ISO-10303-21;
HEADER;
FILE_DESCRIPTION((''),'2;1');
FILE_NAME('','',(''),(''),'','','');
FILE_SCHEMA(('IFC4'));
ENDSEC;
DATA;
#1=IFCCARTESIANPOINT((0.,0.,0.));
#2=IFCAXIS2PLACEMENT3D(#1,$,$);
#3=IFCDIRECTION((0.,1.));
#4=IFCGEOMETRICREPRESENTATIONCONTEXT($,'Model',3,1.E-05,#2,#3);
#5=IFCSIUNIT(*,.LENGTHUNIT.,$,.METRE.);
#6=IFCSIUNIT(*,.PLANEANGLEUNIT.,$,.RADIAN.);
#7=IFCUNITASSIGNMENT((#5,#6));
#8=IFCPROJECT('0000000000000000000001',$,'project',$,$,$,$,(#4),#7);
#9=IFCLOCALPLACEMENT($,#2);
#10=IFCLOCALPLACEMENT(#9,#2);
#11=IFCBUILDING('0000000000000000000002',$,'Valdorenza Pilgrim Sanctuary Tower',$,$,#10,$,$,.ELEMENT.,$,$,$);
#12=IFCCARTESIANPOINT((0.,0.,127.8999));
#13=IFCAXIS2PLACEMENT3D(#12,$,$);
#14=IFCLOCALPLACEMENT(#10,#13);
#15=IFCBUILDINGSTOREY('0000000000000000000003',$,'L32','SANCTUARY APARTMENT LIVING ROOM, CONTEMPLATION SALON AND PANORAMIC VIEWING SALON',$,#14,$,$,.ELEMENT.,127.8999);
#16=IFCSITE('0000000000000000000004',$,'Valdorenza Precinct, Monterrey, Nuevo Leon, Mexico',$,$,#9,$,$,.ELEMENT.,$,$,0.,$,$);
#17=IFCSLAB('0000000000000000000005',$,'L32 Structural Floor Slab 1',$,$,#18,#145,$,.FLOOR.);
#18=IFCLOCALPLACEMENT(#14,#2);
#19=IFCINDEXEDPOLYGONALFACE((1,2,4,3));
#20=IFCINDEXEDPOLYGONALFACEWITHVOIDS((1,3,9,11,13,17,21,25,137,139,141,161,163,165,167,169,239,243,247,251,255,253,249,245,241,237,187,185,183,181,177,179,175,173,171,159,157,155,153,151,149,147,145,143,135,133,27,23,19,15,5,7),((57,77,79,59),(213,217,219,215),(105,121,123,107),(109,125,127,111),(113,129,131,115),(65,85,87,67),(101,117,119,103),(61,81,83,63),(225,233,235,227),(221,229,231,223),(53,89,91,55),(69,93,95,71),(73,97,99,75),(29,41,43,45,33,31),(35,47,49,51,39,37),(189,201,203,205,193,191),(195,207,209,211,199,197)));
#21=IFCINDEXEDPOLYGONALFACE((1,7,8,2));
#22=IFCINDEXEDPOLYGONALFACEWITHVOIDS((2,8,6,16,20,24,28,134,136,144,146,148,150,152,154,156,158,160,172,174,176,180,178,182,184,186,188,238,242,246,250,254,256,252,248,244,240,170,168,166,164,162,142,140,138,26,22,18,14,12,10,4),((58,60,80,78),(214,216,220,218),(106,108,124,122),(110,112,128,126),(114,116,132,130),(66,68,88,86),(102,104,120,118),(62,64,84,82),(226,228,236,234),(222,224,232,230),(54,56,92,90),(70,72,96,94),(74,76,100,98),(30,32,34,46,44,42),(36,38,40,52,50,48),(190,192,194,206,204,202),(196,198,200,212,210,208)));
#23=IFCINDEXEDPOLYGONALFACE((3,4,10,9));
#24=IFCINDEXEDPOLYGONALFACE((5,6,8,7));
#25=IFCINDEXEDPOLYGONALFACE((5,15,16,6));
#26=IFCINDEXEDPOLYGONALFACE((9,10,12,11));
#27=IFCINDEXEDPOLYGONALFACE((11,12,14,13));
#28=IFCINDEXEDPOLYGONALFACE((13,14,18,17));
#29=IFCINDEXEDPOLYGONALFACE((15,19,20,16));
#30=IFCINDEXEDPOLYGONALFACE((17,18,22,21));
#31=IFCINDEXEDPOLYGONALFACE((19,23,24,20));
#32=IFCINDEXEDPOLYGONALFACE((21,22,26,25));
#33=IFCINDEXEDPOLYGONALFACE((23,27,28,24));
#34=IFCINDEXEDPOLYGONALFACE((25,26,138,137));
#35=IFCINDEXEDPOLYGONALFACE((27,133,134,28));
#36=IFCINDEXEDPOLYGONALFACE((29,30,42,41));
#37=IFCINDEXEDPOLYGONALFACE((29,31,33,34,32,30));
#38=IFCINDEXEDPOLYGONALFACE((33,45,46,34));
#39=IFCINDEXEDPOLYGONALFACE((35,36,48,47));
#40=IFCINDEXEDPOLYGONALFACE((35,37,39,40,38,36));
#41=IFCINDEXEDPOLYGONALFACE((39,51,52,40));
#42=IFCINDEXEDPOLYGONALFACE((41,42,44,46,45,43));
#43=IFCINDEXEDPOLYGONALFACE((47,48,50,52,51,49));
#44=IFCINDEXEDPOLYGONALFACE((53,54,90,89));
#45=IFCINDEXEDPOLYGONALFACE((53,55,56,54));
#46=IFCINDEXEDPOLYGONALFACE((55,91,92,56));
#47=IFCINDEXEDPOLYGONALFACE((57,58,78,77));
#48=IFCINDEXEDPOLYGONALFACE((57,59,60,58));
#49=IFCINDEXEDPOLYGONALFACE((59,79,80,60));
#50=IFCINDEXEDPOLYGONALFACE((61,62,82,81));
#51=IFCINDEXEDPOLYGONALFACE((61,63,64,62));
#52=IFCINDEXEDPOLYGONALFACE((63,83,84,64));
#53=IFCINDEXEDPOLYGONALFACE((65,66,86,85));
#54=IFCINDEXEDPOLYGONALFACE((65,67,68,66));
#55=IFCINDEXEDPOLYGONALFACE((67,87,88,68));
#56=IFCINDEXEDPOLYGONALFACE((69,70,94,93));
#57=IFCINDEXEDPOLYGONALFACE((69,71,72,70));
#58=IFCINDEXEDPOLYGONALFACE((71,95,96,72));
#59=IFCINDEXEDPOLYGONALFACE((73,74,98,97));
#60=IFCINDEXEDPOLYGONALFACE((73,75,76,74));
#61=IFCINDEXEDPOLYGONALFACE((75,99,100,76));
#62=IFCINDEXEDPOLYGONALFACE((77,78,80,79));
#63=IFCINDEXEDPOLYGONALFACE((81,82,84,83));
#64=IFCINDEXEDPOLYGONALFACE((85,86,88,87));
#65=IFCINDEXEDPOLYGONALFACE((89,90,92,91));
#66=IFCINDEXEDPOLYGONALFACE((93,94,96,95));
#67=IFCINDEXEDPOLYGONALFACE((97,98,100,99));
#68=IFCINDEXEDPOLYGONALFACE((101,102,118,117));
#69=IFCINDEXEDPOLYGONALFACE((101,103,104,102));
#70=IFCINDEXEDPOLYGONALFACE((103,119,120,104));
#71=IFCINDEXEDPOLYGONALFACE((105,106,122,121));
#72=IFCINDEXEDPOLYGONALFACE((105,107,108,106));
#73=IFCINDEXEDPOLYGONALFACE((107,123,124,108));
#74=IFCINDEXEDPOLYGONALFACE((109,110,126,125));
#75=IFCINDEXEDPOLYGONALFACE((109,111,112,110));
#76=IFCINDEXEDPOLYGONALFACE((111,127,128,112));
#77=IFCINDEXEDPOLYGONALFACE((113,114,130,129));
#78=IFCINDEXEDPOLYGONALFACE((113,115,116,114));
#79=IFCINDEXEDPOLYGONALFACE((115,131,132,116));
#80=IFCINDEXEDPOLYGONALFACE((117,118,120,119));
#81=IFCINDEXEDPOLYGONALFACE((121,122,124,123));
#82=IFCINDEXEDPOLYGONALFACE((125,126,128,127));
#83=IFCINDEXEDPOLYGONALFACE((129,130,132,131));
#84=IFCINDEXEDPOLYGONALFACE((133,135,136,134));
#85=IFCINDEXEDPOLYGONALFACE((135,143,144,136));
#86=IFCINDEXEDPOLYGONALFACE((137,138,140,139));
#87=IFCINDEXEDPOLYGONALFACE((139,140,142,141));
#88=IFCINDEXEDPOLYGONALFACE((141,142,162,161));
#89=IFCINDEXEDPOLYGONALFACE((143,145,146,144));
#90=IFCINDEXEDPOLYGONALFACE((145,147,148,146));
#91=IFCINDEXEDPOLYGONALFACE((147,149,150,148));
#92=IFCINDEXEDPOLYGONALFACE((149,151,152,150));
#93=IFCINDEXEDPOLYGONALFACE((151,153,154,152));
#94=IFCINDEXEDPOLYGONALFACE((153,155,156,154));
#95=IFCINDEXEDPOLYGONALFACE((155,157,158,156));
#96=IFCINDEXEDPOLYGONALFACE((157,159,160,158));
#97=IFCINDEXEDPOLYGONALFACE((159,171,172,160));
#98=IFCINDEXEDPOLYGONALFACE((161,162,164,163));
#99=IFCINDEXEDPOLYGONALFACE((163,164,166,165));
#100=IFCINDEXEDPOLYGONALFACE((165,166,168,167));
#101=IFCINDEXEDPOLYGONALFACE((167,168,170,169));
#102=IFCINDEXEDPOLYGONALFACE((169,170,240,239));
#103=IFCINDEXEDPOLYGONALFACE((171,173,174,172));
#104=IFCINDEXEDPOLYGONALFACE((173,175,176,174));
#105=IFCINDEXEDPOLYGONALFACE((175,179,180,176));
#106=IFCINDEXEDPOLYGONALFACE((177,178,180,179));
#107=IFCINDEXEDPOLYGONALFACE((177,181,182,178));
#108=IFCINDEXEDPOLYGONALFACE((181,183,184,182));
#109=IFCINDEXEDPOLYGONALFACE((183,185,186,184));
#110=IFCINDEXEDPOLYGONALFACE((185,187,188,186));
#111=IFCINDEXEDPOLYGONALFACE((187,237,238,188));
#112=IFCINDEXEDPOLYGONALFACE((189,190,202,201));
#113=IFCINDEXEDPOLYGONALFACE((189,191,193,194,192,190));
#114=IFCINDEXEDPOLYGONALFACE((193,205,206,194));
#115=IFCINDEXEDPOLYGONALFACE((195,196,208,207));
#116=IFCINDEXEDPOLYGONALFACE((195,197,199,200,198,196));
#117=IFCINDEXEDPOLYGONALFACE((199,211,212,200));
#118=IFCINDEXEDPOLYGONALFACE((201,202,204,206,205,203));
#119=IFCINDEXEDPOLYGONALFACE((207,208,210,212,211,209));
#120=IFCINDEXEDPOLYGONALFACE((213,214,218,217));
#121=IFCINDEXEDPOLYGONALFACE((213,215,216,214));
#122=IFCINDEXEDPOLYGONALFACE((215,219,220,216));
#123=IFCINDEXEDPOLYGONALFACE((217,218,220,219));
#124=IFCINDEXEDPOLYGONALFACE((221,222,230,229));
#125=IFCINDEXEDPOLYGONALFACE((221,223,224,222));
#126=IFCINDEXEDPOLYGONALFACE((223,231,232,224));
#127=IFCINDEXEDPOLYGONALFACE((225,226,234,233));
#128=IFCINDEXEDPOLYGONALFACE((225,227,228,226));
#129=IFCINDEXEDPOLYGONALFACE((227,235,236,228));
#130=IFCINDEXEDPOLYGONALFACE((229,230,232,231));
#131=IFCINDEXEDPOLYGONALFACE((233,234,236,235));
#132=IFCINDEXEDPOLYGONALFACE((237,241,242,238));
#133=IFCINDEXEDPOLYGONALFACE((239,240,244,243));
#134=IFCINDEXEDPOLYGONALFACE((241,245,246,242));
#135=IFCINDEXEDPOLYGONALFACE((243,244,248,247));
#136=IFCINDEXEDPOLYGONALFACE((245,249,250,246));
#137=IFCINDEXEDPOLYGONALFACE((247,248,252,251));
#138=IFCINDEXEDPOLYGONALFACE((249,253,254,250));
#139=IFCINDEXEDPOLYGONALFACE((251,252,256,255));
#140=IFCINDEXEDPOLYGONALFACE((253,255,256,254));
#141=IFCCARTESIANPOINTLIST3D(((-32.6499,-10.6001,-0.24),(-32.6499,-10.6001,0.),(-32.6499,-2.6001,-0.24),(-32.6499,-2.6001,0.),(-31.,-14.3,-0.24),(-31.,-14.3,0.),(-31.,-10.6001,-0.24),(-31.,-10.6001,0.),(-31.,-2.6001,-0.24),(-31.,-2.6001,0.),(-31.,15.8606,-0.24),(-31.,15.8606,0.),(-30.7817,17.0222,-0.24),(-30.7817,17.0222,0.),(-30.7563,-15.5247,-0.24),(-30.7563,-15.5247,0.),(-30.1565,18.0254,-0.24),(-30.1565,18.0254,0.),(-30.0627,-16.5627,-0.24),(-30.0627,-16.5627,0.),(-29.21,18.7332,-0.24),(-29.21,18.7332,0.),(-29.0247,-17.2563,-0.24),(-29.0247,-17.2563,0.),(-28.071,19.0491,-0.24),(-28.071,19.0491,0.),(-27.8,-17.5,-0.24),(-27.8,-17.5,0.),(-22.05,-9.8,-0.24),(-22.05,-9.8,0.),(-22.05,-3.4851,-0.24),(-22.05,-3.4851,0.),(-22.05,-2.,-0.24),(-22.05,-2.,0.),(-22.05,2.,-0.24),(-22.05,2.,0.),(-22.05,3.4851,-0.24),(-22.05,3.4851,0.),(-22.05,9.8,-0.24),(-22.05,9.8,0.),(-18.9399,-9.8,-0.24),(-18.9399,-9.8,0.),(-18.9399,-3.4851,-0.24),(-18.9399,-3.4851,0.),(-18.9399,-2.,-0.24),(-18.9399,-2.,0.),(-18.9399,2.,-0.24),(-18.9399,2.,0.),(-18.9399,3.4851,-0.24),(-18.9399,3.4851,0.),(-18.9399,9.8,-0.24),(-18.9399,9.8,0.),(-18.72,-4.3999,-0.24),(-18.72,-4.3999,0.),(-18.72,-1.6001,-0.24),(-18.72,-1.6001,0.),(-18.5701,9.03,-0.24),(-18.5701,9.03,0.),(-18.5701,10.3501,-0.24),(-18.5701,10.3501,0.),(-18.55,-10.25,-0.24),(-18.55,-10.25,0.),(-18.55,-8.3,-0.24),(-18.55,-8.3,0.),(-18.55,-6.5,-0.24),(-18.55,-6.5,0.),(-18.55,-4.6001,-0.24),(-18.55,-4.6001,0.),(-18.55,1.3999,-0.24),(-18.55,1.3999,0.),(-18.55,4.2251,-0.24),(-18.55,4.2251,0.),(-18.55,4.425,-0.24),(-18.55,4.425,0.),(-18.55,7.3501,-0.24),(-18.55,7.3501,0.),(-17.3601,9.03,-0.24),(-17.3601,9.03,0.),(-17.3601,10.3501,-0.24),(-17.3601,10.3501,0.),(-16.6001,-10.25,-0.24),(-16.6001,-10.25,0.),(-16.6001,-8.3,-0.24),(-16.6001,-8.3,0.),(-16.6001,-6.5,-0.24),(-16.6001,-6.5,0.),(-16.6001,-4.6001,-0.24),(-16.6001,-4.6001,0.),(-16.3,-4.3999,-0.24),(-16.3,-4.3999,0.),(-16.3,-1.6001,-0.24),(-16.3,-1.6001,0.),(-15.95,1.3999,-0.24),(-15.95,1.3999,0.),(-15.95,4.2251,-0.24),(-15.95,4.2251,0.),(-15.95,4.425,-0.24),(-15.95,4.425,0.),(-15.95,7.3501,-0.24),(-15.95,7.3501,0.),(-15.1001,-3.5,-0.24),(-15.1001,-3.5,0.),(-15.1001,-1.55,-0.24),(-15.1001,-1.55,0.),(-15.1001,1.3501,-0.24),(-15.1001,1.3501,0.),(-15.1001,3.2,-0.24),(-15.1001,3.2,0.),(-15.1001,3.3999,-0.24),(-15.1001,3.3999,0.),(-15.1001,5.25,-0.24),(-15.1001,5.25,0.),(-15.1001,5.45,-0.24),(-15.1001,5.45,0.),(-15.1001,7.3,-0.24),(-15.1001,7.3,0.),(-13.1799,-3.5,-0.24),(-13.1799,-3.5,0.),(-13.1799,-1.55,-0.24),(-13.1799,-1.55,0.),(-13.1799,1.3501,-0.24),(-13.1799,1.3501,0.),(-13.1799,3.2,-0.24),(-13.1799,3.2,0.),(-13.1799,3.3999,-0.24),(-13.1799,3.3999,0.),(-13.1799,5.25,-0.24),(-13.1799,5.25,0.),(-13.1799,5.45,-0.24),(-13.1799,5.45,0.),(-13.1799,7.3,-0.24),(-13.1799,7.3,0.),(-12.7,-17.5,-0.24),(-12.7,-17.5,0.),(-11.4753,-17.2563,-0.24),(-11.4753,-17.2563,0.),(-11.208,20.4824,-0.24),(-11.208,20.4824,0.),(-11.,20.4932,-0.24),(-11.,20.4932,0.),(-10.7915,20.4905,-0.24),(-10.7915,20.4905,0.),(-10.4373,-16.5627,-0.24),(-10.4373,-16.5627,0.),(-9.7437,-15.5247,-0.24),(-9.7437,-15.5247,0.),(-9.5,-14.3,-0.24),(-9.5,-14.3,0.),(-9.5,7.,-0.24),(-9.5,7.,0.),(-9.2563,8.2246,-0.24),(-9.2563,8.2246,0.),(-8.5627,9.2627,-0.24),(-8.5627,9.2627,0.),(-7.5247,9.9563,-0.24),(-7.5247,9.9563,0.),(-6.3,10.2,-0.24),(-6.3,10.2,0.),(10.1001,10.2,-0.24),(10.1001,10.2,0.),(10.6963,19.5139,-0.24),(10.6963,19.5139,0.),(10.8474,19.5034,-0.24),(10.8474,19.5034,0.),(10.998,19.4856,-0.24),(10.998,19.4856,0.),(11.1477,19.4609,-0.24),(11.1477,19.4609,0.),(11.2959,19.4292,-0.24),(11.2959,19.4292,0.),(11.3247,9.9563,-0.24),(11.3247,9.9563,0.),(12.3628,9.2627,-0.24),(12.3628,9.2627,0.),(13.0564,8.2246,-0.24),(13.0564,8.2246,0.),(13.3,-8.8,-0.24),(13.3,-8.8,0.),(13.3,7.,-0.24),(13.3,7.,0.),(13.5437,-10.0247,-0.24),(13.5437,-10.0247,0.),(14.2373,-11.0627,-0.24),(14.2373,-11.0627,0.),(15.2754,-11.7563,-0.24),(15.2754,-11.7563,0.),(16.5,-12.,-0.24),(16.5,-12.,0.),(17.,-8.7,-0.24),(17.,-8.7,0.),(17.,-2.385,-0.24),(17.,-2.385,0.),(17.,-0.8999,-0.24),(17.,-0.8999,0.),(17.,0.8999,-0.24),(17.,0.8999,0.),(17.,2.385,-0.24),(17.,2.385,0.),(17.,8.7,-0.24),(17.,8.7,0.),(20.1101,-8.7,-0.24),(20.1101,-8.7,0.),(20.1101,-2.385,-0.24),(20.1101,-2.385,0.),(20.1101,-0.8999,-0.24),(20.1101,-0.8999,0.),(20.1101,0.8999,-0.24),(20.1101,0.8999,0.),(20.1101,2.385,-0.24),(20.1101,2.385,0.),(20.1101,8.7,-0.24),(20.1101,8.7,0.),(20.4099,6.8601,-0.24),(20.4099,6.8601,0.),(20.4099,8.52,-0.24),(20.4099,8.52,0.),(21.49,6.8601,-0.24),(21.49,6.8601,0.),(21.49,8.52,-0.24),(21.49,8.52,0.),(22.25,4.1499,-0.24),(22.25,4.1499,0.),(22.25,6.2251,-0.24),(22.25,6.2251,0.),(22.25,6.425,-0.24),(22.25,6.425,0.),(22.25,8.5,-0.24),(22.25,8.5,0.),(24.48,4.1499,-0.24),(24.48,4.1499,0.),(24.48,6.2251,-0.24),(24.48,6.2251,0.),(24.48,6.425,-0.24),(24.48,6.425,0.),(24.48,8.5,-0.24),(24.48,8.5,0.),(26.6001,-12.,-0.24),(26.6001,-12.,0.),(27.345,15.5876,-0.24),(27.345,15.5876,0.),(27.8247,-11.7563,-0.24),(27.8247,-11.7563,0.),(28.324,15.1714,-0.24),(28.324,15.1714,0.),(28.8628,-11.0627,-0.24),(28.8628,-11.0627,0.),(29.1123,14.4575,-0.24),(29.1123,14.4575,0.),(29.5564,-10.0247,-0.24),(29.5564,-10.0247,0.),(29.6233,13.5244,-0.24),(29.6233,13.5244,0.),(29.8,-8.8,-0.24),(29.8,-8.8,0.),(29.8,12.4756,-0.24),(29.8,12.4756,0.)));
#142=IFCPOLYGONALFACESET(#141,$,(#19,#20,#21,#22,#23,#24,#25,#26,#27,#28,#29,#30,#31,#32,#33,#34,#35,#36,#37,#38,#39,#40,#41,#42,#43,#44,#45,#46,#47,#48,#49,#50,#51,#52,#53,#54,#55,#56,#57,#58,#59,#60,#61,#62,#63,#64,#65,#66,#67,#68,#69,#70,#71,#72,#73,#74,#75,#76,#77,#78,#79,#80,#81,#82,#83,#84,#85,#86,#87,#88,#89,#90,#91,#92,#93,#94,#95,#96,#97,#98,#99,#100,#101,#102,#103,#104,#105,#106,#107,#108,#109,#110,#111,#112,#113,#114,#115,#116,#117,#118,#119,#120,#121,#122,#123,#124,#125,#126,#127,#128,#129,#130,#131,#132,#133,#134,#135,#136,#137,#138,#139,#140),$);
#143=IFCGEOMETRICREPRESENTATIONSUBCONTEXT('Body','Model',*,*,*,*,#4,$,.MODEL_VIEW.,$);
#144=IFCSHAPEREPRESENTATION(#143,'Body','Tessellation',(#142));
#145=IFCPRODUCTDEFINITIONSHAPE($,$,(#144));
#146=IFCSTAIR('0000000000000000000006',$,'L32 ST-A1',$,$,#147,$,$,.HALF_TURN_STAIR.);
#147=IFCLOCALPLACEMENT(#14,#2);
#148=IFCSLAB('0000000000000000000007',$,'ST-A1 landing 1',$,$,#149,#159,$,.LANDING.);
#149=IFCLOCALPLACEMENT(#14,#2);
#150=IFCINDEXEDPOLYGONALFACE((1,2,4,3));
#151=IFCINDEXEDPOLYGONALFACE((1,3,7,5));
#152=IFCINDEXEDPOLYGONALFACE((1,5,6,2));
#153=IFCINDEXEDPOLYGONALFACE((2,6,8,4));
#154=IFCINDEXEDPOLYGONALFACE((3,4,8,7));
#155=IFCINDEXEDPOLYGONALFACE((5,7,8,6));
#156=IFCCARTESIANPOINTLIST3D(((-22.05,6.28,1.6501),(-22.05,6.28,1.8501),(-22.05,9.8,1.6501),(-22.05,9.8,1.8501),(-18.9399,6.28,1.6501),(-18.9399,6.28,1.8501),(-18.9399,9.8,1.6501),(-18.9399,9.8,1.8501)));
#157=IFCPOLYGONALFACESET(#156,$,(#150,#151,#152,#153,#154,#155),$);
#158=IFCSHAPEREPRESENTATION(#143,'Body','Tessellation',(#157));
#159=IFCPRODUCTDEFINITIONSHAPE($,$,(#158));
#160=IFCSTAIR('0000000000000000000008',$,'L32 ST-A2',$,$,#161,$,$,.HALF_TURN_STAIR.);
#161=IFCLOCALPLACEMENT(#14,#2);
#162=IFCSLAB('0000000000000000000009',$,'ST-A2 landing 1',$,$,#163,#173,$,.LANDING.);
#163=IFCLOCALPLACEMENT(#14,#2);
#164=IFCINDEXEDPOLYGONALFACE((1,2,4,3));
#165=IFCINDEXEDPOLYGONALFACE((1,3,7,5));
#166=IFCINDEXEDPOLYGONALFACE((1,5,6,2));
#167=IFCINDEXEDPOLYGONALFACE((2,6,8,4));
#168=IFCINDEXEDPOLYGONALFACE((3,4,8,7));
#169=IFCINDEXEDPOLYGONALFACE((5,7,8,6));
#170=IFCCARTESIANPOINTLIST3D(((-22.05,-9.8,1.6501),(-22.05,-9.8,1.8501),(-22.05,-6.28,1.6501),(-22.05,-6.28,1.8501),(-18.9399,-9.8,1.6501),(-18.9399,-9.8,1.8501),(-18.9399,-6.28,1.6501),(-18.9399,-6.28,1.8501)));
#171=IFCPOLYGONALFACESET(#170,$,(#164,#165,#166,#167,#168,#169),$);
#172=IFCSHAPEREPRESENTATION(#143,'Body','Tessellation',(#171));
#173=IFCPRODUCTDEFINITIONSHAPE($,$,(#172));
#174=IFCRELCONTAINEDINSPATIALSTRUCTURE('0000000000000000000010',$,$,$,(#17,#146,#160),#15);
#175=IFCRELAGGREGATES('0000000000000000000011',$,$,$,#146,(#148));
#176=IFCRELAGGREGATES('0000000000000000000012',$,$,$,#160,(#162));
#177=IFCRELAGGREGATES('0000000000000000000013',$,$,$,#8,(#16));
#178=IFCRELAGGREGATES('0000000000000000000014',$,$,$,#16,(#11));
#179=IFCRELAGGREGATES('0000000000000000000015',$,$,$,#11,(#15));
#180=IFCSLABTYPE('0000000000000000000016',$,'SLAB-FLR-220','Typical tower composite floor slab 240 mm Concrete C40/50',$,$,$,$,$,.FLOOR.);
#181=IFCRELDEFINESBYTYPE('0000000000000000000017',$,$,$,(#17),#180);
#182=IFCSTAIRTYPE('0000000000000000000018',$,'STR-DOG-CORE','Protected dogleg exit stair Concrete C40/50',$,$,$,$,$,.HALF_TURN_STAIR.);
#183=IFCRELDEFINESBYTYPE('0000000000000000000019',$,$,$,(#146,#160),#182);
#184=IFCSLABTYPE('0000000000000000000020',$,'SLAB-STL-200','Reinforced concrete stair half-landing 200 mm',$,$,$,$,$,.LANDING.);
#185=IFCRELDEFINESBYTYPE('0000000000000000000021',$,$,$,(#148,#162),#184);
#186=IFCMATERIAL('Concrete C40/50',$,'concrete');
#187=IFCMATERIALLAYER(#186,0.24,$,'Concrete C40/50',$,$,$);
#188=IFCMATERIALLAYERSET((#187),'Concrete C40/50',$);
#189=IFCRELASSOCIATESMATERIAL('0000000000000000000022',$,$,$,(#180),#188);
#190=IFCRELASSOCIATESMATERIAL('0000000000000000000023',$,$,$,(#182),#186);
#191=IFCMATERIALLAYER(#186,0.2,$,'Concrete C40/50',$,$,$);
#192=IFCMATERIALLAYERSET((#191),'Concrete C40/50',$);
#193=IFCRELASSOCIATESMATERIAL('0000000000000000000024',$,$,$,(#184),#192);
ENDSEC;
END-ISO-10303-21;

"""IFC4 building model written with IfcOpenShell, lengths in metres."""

from ifc_helpers import new_model, si_unit, direction, frame, origin, place, context, subcontext, project, spatial, polyline, outline, extrude, material, layer, layer_set, type_object, element, aggregate, save


model = new_model("IFC4")

# Units and contexts
model_context = context("Model", 3, precision=1e-05, world=origin(), true_north=direction((0.0, 1.0)))
body_context = subcontext(model_context, "Body", "Model", "MODEL_VIEW")
ifc_project = project(units=[si_unit("LENGTHUNIT", "METRE"), si_unit("PLANEANGLEUNIT", "RADIAN")], contexts=[model_context])

# Site, building, storey
site_placement = place(None, origin())
site = spatial("IfcSite", under=ifc_project, at=site_placement, Name="Valdorenza Precinct, Monterrey, Nuevo Leon, Mexico", CompositionType="ELEMENT", RefElevation=0.0)
building_placement = place(site_placement, origin())
building = spatial("IfcBuilding", under=site, at=building_placement, Name="Valdorenza Pilgrim Sanctuary Tower", CompositionType="ELEMENT")
storey_placement = place(building_placement, frame((0.0, 0.0, 127.8999)))
storey = spatial("IfcBuildingStorey", under=building, at=storey_placement, Name="L32", Description="SANCTUARY APARTMENT LIVING ROOM, CONTEMPLATION SALON AND PANORAMIC VIEWING SALON", CompositionType="ELEMENT", Elevation=127.8999)

# Slab
ifc_material_1 = material(Name="Concrete C40/50", Category="concrete")
ifc_layer_1 = layer(ifc_material_1, 0.24, Name="Concrete C40/50")
ifc_layer_set_1 = layer_set([ifc_layer_1], Name="Concrete C40/50")
slab_type_1 = type_object("IfcSlabType", Name="SLAB-FLR-220", Description="Typical tower composite floor slab 240 mm Concrete C40/50", PredefinedType="FLOOR", material=ifc_layer_set_1)
slab_1_placement = place(storey_placement, frame((0.0, 0.0, -0.24)))
element("IfcSlab", 1, at=slab_1_placement, inside=storey, type_object=slab_type_1, Name="L32 Structural Floor Slab 1", PredefinedType="FLOOR", context=body_context, shape_type="SweptSolid", body=[
    extrude(outline(polyline([(-32.6499, -2.6001), (-31.0, -2.6001), (-31.0, 15.8606), (-30.7817, 17.0222), (-30.1565, 18.0254), (-29.21, 18.7332), (-28.071, 19.0491), (-11.208, 20.4824), (-11.0, 20.4932), (-10.7915, 20.4905), (10.6963, 19.5139), (10.8474, 19.5034), (10.998, 19.4856), (11.1477, 19.4609), (11.2959, 19.4292), (27.345, 15.5876), (28.324, 15.1714), (29.1123, 14.4575), (29.6233, 13.5244), (29.8, 12.4756), (29.8, -8.8), (29.5564, -10.0247), (28.8628, -11.0627), (27.8247, -11.7563), (26.6001, -12.0), (16.5, -12.0), (15.2754, -11.7563), (14.2373, -11.0627), (13.5437, -10.0247), (13.3, -8.8), (13.3, 7.0), (13.0564, 8.2246), (12.3628, 9.2627), (11.3247, 9.9563), (10.1001, 10.2), (-6.3, 10.2), (-7.5247, 9.9563), (-8.5627, 9.2627), (-9.2563, 8.2246), (-9.5, 7.0), (-9.5, -14.3), (-9.7437, -15.5247), (-10.4373, -16.5627), (-11.4753, -17.2563), (-12.7, -17.5), (-27.8, -17.5), (-29.0247, -17.2563), (-30.0627, -16.5627), (-30.7563, -15.5247), (-31.0, -14.3), (-31.0, -10.6001), (-32.6499, -10.6001), (-32.6499, -2.6001)]), holes=[polyline([(-16.6001, -10.25), (-16.6001, -8.3), (-18.55, -8.3), (-18.55, -10.25), (-16.6001, -10.25)]), polyline([(-22.05, -9.8), (-18.9399, -9.8), (-18.9399, -3.4851), (-18.9399, -2.0), (-22.05, -2.0), (-22.05, -3.4851), (-22.05, -9.8)]), polyline([(-16.6001, -6.5), (-16.6001, -4.6001), (-18.55, -4.6001), (-18.55, -6.5), (-16.6001, -6.5)]), polyline([(-18.72, -4.3999), (-16.3, -4.3999), (-16.3, -1.6001), (-18.72, -1.6001), (-18.72, -4.3999)]), polyline([(-13.1799, 1.3501), (-13.1799, 3.2), (-15.1001, 3.2), (-15.1001, 1.3501), (-13.1799, 1.3501)]), polyline([(-22.05, 2.0), (-18.9399, 2.0), (-18.9399, 3.4851), (-18.9399, 9.8), (-22.05, 9.8), (-22.05, 3.4851), (-22.05, 2.0)]), polyline([(-15.95, 1.3999), (-15.95, 4.2251), (-18.55, 4.2251), (-18.55, 1.3999), (-15.95, 1.3999)]), polyline([(-18.55, 4.425), (-15.95, 4.425), (-15.95, 7.3501), (-18.55, 7.3501), (-18.55, 4.425)]), polyline([(-17.3601, 9.03), (-17.3601, 10.3501), (-18.5701, 10.3501), (-18.5701, 9.03), (-17.3601, 9.03)]), polyline([(17.0, -8.7), (20.1101, -8.7), (20.1101, -2.385), (20.1101, -0.8999), (17.0, -0.8999), (17.0, -2.385), (17.0, -8.7)]), polyline([(-13.1799, -3.5), (-13.1799, -1.55), (-15.1001, -1.55), (-15.1001, -3.5), (-13.1799, -3.5)]), polyline([(17.0, 0.8999), (20.1101, 0.8999), (20.1101, 2.385), (20.1101, 8.7), (17.0, 8.7), (17.0, 2.385), (17.0, 0.8999)]), polyline([(-13.1799, 3.3999), (-13.1799, 5.25), (-15.1001, 5.25), (-15.1001, 3.3999), (-13.1799, 3.3999)]), polyline([(22.25, 4.1499), (24.48, 4.1499), (24.48, 6.2251), (22.25, 6.2251), (22.25, 4.1499)]), polyline([(-13.1799, 5.45), (-13.1799, 7.3), (-15.1001, 7.3), (-15.1001, 5.45), (-13.1799, 5.45)]), polyline([(22.25, 6.425), (24.48, 6.425), (24.48, 8.5), (22.25, 8.5), (22.25, 6.425)]), polyline([(20.4099, 6.8601), (21.49, 6.8601), (21.49, 8.52), (20.4099, 8.52), (20.4099, 6.8601)])]), origin(), (0.0, 0.0, 1.0), 0.24),
])

# Stairs, slabs
stair_type = type_object("IfcStairType", Name="STR-DOG-CORE", Description="Protected dogleg exit stair Concrete C40/50", PredefinedType="HALF_TURN_STAIR", material=ifc_material_1)
stair_1_placement = place(storey_placement, origin())
stair_1 = element("IfcStair", 2, at=stair_1_placement, inside=storey, type_object=stair_type, Name="L32 ST-A1", PredefinedType="HALF_TURN_STAIR")
ifc_layer_2 = layer(ifc_material_1, 0.2, Name="Concrete C40/50")
ifc_layer_set_2 = layer_set([ifc_layer_2], Name="Concrete C40/50")
slab_type_2 = type_object("IfcSlabType", Name="SLAB-STL-200", Description="Reinforced concrete stair half-landing 200 mm", PredefinedType="LANDING", material=ifc_layer_set_2)
slab_2_placement = place(storey_placement, frame((0.0, 0.0, 1.6501)))
slab_2 = element("IfcSlab", 3, at=slab_2_placement, type_object=slab_type_2, Name="ST-A1 landing 1", PredefinedType="LANDING", context=body_context, shape_type="SweptSolid", body=[
    extrude(outline(polyline([(-18.9399, 6.28), (-18.9399, 9.8), (-22.05, 9.8), (-22.05, 6.28), (-18.9399, 6.28)])), origin(), (0.0, 0.0, 1.0), 0.2),
])
aggregate(stair_1, [slab_2])
stair_2_placement = place(storey_placement, origin())
stair_2 = element("IfcStair", 4, at=stair_2_placement, inside=storey, type_object=stair_type, Name="L32 ST-A2", PredefinedType="HALF_TURN_STAIR")
slab_3_placement = place(storey_placement, frame((0.0, 0.0, 1.6501)))
slab_3 = element("IfcSlab", 5, at=slab_3_placement, type_object=slab_type_2, Name="ST-A2 landing 1", PredefinedType="LANDING", context=body_context, shape_type="SweptSolid", body=[
    extrude(outline(polyline([(-22.05, -6.28), (-22.05, -9.8), (-18.9399, -9.8), (-18.9399, -6.28), (-22.05, -6.28)])), origin(), (0.0, 0.0, 1.0), 0.2),
])
aggregate(stair_2, [slab_3])

save(model, "model.ifc")
